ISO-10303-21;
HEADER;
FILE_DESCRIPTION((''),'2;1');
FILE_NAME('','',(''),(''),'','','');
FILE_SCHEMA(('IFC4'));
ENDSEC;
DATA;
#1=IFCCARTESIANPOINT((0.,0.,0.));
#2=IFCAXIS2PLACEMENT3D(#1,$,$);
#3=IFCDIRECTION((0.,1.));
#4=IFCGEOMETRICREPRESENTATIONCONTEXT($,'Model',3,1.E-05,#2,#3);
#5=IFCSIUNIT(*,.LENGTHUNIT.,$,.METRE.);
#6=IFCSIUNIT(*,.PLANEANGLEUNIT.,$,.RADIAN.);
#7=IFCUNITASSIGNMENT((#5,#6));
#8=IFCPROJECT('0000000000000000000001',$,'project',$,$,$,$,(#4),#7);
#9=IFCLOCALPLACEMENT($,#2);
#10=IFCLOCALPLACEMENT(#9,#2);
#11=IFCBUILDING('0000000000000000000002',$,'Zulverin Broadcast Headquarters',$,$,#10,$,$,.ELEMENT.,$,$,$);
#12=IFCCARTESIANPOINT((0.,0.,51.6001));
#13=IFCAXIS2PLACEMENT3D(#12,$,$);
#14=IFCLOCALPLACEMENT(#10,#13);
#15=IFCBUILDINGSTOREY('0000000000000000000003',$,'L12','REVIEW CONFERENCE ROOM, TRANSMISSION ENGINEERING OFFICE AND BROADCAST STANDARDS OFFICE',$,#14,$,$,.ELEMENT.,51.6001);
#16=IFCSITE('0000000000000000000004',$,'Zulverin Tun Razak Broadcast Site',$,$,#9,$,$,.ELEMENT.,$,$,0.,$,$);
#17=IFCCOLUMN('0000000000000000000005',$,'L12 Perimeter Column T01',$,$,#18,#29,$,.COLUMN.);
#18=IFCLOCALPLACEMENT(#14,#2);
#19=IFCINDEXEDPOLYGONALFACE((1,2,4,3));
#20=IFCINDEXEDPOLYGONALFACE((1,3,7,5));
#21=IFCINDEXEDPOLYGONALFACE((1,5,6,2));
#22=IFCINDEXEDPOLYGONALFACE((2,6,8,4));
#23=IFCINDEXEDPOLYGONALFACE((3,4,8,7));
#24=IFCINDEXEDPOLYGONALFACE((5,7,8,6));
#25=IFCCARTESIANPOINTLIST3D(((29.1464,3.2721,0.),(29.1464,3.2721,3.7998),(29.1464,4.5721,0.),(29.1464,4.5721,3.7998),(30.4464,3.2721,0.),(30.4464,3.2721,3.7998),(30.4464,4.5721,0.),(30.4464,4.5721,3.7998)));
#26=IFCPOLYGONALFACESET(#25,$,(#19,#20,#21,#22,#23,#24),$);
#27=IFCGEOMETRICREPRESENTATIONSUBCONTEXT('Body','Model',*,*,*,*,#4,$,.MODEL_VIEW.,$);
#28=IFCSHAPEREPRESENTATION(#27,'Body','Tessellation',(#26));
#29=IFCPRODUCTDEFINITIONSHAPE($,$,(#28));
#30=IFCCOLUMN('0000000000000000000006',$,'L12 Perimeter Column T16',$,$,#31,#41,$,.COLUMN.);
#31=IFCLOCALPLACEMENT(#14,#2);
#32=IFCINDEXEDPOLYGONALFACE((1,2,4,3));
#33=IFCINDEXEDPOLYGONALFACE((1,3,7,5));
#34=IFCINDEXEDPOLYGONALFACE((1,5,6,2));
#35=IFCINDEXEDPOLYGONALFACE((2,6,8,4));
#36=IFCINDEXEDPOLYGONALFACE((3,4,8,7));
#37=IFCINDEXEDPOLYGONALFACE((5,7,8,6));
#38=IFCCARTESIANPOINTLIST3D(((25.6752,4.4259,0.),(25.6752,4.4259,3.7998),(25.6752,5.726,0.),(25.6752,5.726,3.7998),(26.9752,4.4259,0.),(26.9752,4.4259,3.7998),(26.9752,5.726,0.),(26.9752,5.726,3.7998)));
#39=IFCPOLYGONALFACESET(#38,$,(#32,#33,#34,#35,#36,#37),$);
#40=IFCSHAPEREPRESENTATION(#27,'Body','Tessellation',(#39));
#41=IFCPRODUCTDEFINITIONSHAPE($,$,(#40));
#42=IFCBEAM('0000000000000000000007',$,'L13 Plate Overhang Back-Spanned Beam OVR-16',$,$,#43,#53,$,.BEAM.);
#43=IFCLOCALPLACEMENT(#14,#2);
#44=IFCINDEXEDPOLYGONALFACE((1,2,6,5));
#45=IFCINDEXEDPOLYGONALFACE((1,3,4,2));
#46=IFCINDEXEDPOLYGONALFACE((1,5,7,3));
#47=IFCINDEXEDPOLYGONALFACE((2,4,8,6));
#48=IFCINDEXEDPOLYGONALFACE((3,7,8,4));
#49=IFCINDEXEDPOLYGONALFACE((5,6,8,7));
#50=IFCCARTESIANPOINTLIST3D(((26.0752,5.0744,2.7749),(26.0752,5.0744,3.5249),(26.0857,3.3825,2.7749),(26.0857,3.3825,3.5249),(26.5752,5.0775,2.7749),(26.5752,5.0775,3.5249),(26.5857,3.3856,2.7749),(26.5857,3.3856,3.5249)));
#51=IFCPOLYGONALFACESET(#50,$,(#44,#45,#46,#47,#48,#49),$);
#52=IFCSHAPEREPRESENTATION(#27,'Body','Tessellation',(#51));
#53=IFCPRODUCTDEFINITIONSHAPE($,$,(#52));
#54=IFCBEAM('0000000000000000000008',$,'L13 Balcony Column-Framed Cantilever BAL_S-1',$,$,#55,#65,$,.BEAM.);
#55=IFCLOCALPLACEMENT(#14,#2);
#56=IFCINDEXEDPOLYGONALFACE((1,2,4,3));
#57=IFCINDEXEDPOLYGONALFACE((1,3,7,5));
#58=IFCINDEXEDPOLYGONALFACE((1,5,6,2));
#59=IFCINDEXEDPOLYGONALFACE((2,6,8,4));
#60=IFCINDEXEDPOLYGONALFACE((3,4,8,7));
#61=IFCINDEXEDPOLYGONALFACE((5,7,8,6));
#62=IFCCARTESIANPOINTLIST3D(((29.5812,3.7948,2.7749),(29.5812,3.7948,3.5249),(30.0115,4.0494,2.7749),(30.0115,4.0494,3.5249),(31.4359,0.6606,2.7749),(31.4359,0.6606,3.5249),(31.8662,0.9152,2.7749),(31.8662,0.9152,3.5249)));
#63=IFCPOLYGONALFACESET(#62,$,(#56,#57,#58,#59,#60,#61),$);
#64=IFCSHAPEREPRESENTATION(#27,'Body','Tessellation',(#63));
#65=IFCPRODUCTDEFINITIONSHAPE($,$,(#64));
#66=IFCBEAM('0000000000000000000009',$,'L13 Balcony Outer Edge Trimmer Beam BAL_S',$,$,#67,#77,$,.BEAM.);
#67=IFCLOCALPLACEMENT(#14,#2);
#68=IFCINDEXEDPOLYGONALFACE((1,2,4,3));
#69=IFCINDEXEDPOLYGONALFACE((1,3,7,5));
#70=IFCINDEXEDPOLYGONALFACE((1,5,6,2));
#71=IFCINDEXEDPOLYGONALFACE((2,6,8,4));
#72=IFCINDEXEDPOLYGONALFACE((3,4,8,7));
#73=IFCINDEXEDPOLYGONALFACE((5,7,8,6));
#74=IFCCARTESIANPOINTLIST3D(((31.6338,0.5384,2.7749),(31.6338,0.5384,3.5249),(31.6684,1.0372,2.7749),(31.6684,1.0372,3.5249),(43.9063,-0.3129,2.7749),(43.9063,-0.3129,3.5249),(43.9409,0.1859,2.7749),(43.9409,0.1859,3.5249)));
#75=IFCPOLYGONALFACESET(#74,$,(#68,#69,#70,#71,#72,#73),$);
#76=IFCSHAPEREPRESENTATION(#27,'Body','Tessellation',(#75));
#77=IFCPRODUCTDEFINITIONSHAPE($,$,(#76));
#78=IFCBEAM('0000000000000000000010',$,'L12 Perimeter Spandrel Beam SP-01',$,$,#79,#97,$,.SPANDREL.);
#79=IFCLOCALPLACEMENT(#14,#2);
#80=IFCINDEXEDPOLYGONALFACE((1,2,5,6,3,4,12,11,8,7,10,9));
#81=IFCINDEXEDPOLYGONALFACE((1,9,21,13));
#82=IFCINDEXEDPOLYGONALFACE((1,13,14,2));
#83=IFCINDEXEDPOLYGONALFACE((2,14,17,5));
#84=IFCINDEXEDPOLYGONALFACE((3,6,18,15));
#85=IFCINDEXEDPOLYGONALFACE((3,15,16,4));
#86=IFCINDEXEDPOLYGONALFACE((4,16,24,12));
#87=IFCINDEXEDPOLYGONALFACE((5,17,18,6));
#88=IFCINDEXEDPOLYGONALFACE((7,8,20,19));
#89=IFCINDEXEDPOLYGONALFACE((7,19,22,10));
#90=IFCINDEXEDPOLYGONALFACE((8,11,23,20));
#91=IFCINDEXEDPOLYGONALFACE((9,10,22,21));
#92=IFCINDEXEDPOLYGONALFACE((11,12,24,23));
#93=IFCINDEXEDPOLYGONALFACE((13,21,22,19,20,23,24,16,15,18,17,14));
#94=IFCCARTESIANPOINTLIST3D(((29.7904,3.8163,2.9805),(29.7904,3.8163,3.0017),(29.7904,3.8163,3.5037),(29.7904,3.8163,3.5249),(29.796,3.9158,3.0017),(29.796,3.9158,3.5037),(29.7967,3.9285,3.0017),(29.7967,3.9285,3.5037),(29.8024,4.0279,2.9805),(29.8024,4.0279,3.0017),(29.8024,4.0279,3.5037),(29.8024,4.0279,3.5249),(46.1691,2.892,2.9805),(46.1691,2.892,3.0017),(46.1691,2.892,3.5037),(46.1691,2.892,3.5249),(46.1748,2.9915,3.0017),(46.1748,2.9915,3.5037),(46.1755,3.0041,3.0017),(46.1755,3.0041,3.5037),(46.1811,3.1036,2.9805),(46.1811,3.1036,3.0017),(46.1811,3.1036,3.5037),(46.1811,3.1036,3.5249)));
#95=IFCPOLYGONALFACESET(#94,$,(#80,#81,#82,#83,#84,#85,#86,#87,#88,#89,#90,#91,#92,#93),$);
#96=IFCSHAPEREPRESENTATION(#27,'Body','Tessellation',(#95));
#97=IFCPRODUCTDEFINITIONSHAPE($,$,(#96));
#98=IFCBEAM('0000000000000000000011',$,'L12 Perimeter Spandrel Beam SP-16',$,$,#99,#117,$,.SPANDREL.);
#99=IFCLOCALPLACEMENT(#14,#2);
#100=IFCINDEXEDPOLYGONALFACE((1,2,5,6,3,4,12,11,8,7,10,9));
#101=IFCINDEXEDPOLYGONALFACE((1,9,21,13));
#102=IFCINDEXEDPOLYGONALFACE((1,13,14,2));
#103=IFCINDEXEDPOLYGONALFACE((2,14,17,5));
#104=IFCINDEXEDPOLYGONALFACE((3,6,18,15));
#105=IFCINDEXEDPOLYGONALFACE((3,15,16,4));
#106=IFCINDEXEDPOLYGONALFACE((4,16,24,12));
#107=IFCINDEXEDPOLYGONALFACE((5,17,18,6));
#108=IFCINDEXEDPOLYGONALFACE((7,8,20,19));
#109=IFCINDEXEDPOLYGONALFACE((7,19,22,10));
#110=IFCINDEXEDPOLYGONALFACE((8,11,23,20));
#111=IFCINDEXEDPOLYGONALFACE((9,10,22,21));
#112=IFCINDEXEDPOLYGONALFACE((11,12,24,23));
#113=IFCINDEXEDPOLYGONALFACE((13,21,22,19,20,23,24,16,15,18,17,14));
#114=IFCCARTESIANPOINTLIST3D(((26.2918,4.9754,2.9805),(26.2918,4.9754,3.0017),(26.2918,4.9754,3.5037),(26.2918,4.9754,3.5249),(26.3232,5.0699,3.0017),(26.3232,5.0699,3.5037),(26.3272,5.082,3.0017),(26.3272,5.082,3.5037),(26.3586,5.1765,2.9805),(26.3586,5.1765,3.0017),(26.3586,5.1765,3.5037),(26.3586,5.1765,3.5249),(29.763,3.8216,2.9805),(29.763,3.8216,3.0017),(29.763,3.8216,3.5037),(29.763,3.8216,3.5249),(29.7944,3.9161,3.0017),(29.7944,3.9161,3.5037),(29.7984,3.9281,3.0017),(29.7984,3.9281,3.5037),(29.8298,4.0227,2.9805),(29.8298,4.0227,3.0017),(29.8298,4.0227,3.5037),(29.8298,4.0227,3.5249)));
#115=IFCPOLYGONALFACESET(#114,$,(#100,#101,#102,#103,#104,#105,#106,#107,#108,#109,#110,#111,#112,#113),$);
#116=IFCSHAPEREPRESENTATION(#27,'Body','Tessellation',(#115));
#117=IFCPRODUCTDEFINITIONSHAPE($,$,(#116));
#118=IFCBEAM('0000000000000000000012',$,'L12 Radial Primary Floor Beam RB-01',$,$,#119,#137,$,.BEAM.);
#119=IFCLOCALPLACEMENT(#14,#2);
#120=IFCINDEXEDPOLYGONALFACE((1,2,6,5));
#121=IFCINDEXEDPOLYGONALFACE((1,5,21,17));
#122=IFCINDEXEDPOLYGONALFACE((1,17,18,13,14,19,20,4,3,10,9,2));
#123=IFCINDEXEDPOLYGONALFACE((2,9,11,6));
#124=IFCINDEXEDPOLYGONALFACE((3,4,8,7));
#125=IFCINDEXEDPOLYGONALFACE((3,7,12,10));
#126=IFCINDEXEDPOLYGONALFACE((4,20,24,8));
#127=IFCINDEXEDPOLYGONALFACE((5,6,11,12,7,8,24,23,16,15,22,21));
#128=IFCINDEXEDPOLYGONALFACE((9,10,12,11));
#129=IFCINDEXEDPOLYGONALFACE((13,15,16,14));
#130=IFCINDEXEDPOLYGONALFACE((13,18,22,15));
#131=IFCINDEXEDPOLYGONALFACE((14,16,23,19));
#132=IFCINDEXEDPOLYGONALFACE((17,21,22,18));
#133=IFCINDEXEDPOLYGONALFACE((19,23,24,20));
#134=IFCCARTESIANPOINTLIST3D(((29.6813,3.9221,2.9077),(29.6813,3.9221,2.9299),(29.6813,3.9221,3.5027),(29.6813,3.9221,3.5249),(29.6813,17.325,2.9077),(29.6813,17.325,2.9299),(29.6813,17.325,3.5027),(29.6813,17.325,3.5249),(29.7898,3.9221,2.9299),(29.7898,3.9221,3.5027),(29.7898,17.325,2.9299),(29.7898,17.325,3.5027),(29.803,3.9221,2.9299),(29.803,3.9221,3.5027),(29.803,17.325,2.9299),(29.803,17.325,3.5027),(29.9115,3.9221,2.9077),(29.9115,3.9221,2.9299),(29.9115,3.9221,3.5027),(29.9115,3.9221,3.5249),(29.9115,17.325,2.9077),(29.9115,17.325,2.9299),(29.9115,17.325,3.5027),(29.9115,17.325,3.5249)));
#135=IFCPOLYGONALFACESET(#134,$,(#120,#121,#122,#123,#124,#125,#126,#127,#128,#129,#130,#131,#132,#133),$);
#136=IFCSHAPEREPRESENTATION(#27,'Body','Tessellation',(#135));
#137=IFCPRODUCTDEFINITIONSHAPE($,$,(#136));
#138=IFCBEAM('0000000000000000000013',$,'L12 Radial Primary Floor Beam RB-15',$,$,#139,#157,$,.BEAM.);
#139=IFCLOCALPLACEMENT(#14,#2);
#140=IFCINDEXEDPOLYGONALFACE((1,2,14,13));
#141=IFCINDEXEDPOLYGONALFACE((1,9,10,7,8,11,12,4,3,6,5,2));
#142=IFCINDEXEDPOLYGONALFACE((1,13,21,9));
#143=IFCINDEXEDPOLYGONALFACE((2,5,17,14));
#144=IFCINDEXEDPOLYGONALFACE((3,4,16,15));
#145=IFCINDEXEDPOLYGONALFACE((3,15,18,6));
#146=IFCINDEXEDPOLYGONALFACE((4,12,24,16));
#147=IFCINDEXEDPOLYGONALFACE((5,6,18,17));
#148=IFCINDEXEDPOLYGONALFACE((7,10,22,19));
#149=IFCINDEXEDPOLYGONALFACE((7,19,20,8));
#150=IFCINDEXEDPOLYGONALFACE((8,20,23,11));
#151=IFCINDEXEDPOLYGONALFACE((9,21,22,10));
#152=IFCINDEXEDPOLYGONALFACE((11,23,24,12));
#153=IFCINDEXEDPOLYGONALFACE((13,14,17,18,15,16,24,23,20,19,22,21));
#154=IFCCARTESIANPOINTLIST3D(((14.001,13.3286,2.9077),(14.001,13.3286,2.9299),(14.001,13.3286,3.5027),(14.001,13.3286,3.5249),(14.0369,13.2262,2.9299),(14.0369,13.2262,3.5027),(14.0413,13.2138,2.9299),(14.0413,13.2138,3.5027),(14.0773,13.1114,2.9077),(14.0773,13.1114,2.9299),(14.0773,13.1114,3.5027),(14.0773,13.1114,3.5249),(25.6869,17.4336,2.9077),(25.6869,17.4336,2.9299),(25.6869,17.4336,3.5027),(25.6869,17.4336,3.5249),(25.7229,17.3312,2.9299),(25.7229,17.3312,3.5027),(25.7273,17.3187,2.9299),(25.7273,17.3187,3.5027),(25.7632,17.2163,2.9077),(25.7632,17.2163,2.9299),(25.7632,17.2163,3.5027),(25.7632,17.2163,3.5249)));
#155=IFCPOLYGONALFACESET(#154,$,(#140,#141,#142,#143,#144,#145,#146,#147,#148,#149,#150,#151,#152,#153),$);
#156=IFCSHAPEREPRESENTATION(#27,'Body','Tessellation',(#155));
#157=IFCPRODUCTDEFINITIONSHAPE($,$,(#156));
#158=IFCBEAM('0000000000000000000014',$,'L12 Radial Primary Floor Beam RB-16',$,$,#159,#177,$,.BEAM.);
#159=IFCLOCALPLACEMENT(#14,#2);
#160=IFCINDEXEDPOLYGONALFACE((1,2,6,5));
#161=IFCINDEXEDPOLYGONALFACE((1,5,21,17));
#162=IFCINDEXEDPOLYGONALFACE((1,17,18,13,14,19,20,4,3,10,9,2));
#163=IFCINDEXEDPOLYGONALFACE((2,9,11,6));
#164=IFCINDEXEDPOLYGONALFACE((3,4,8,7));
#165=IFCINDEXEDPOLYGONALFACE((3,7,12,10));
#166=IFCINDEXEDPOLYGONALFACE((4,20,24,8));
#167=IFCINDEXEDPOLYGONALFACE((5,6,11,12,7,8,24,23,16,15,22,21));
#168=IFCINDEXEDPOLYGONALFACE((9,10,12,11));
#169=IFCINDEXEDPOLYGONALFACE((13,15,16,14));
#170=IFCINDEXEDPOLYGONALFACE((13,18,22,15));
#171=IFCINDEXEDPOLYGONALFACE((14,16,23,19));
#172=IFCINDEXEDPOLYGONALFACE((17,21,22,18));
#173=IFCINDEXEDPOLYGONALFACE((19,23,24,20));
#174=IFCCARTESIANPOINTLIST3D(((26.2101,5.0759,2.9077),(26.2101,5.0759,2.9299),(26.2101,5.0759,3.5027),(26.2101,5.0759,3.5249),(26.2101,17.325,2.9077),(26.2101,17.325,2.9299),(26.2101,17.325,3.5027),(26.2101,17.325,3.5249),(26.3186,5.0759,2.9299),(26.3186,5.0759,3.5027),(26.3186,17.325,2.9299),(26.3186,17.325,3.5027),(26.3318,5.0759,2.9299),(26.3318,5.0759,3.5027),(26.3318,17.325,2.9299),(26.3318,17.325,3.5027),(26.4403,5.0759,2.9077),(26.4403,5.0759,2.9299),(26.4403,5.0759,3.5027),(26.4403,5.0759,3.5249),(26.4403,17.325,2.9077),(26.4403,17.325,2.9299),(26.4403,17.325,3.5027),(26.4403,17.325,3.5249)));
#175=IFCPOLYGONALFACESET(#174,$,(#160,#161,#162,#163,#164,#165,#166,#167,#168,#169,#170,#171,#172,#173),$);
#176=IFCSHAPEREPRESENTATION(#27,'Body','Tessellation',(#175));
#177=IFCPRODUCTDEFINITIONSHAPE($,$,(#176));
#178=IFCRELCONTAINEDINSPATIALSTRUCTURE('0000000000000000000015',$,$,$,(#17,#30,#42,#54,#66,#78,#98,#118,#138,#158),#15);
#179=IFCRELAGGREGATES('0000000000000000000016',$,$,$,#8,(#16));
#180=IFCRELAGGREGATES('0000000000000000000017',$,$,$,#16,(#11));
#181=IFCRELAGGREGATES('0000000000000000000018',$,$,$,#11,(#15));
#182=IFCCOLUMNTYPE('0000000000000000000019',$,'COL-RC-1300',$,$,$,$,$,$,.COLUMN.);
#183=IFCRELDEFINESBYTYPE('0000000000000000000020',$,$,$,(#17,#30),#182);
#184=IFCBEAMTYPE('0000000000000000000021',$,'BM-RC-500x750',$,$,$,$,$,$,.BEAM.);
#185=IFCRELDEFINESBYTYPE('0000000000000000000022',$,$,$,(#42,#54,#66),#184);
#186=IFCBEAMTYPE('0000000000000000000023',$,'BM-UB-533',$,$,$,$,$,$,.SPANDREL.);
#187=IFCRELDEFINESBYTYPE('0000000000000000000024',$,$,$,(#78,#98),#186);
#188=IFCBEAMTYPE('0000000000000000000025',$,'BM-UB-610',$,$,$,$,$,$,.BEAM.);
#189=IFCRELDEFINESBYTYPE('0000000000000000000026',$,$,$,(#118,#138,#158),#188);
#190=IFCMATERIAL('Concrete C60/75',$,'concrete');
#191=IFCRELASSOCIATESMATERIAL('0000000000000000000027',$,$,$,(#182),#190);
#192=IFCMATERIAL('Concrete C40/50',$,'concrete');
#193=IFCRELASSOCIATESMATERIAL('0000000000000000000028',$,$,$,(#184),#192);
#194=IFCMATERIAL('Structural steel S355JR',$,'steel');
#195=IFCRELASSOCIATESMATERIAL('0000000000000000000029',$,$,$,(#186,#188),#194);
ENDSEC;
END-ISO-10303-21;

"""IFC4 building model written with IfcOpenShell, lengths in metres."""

from ifc_helpers import new_model, si_unit, direction, frame, origin, origin_2d, place, context, subcontext, project, spatial, rectangle, i_section, extrude, material, material_profile, profile_set, type_object, element, save


model = new_model("IFC4")

# Units and contexts
model_context = context("Model", 3, precision=1e-05, world=origin(), true_north=direction((0.0, 1.0)))
body_context = subcontext(model_context, "Body", "Model", "MODEL_VIEW")
ifc_project = project(units=[si_unit("LENGTHUNIT", "METRE"), si_unit("PLANEANGLEUNIT", "RADIAN")], contexts=[model_context])

# Site, building, storey
site_placement = place(None, origin())
site = spatial("IfcSite", under=ifc_project, at=site_placement, Name="Zulverin Tun Razak Broadcast Site", CompositionType="ELEMENT", RefElevation=0.0)
building_placement = place(site_placement, origin())
building = spatial("IfcBuilding", under=site, at=building_placement, Name="Zulverin Broadcast Headquarters", CompositionType="ELEMENT")
storey_placement = place(building_placement, frame((0.0, 0.0, 51.6001)))
storey = spatial("IfcBuildingStorey", under=building, at=storey_placement, Name="L12", Description="REVIEW CONFERENCE ROOM, TRANSMISSION ENGINEERING OFFICE AND BROADCAST STANDARDS OFFICE", CompositionType="ELEMENT", Elevation=51.6001)

# Columns
ifc_material_1 = material(Name="Concrete C60/75", Category="concrete")
ifc_material_profile_1 = material_profile(ifc_material_1, rectangle(XDim=1.3, YDim=1.3, at=origin_2d()), Name="Concrete C60/75", Category="concrete")
ifc_profile_set_1 = profile_set([ifc_material_profile_1], Name="Concrete C60/75")
column_type = type_object("IfcColumnType", Name="COL-RC-1300", PredefinedType="COLUMN", material=ifc_profile_set_1)
for number, where, z_axis, x_axis, name in (
    (1, (29.7964, 3.9221, 0.0), (0.0, 0.0, 1.0), (1.0, 0.0, 0.0), "L12 Perimeter Column T01"),
    (2, (26.3252, 5.0759, 0.0), (0.0, 0.0, 1.0), (1.0, 0.0, 0.0), "L12 Perimeter Column T16"),
):
    element("IfcColumn", number, at=place(storey_placement, frame(where, z_axis=z_axis, x_axis=x_axis)), inside=storey, type_object=column_type, Name=name, PredefinedType="COLUMN", context=body_context, shape_type="SweptSolid", body=[
        extrude(rectangle(XDim=1.3, YDim=1.3, at=origin_2d()), origin(), (0.0, 0.0, 1.0), 3.7998),
    ])

# Beams
ifc_material_2 = material(Name="Concrete C40/50", Category="concrete")
ifc_material_profile_2 = material_profile(ifc_material_2, rectangle(XDim=0.5, YDim=0.75, at=origin_2d()), Name="Concrete C40/50", Category="concrete")
ifc_profile_set_2 = profile_set([ifc_material_profile_2], Name="Concrete C40/50")
beam_type_1 = type_object("IfcBeamType", Name="BM-RC-500x750", PredefinedType="BEAM", material=ifc_profile_set_2)
beam_1_placement = place(storey_placement, frame((26.3252, 5.0759, 3.1499), z_axis=(0.006205, -0.999981, 0.0), x_axis=(0.999981, 0.006205, 0.0)))
element("IfcBeam", 3, at=beam_1_placement, inside=storey, type_object=beam_type_1, Name="L13 Plate Overhang Back-Spanned Beam OVR-16", PredefinedType="BEAM", context=body_context, shape_type="SweptSolid", body=[
    extrude(rectangle(XDim=0.5, YDim=0.75, at=origin_2d()), origin(), (0.0, 0.0, 1.0), 1.6919),
])
beam_2_placement = place(storey_placement, frame((29.7964, 3.9221, 3.1499), z_axis=(0.509271, -0.860606, 0.0), x_axis=(0.860606, 0.509271, 0.0)))
element("IfcBeam", 4, at=beam_2_placement, inside=storey, type_object=beam_type_1, Name="L13 Balcony Column-Framed Cantilever BAL_S-1", PredefinedType="BEAM", context=body_context, shape_type="SweptSolid", body=[
    extrude(rectangle(XDim=0.5, YDim=0.75, at=origin_2d()), origin(), (0.0, 0.0, 1.0), 3.6418),
])
beam_3_placement = place(storey_placement, frame((31.6511, 0.7878, 3.1499), z_axis=(0.997603, -0.069202, 0.0), x_axis=(0.069202, 0.997603, 0.0)))
element("IfcBeam", 5, at=beam_3_placement, inside=storey, type_object=beam_type_1, Name="L13 Balcony Outer Edge Trimmer Beam BAL_S", PredefinedType="BEAM", context=body_context, shape_type="SweptSolid", body=[
    extrude(rectangle(XDim=0.5, YDim=0.75, at=origin_2d()), origin(), (0.0, 0.0, 1.0), 12.302),
])
ifc_material_3 = material(Name="Structural steel S355JR", Category="steel")
ifc_material_profile_3 = material_profile(ifc_material_3, i_section(OverallWidth=0.2119, OverallDepth=0.5444, WebThickness=0.0127, FlangeThickness=0.0212, at=origin_2d()), Name="Structural steel S355JR", Category="steel")
ifc_profile_set_3 = profile_set([ifc_material_profile_3], Name="Structural steel S355JR")
beam_type_2 = type_object("IfcBeamType", Name="BM-UB-533", PredefinedType="SPANDREL", material=ifc_profile_set_3)
beam_4_placement = place(storey_placement, frame((29.7964, 3.9221, 3.2527), z_axis=(0.998411, -0.056345, 0.0), x_axis=(0.056345, 0.998411, 0.0)))
element("IfcBeam", 6, at=beam_4_placement, inside=storey, type_object=beam_type_2, Name="L12 Perimeter Spandrel Beam SP-01", PredefinedType="SPANDREL", context=body_context, shape_type="SweptSolid", body=[
    extrude(i_section(OverallWidth=0.2119, OverallDepth=0.5444, WebThickness=0.0127, FlangeThickness=0.0212, at=origin_2d()), origin(), (0.0, 0.0, 1.0), 16.4048),
])
beam_5_placement = place(storey_placement, frame((26.3252, 5.0759, 3.2527), z_axis=(0.94895, -0.315427, 0.0), x_axis=(0.315427, 0.94895, 0.0)))
element("IfcBeam", 7, at=beam_5_placement, inside=storey, type_object=beam_type_2, Name="L12 Perimeter Spandrel Beam SP-16", PredefinedType="SPANDREL", context=body_context, shape_type="SweptSolid", body=[
    extrude(i_section(OverallWidth=0.2119, OverallDepth=0.5444, WebThickness=0.0127, FlangeThickness=0.0212, at=origin_2d()), origin(), (0.0, 0.0, 1.0), 3.658),
])
ifc_material_profile_4 = material_profile(ifc_material_3, i_section(OverallWidth=0.2302, OverallDepth=0.6172, WebThickness=0.0132, FlangeThickness=0.0222, at=origin_2d()), Name="Structural steel S355JR", Category="steel")
ifc_profile_set_4 = profile_set([ifc_material_profile_4], Name="Structural steel S355JR")
beam_type_3 = type_object("IfcBeamType", Name="BM-UB-610", PredefinedType="BEAM", material=ifc_profile_set_4)
beam_6_placement = place(storey_placement, frame((29.7964, 17.325, 3.2163), z_axis=(0.0, -1.0, 0.0), x_axis=(1.0, 0.0, 0.0)))
element("IfcBeam", 8, at=beam_6_placement, inside=storey, type_object=beam_type_3, Name="L12 Radial Primary Floor Beam RB-01", PredefinedType="BEAM", context=body_context, shape_type="SweptSolid", body=[
    extrude(i_section(OverallWidth=0.2302, OverallDepth=0.6172, WebThickness=0.0132, FlangeThickness=0.0222, at=origin_2d()), origin(), (0.0, 0.0, 1.0), 13.4028),
])
beam_7_placement = place(storey_placement, frame((25.7251, 17.325, 3.2163), z_axis=(-0.943483, -0.33142, 0.0), x_axis=(0.33142, -0.943483, 0.0)))
element("IfcBeam", 9, at=beam_7_placement, inside=storey, type_object=beam_type_3, Name="L12 Radial Primary Floor Beam RB-15", PredefinedType="BEAM", context=body_context, shape_type="SweptSolid", body=[
    extrude(i_section(OverallWidth=0.2302, OverallDepth=0.6172, WebThickness=0.0132, FlangeThickness=0.0222, at=origin_2d()), origin(), (0.0, 0.0, 1.0), 12.386),
])
beam_8_placement = place(storey_placement, frame((26.3252, 17.325, 3.2163), z_axis=(0.0, -1.0, 0.0), x_axis=(1.0, 0.0, 0.0)))
element("IfcBeam", 10, at=beam_8_placement, inside=storey, type_object=beam_type_3, Name="L12 Radial Primary Floor Beam RB-16", PredefinedType="BEAM", context=body_context, shape_type="SweptSolid", body=[
    extrude(i_section(OverallWidth=0.2302, OverallDepth=0.6172, WebThickness=0.0132, FlangeThickness=0.0222, at=origin_2d()), origin(), (0.0, 0.0, 1.0), 12.249),
])

save(model, "model.ifc")
